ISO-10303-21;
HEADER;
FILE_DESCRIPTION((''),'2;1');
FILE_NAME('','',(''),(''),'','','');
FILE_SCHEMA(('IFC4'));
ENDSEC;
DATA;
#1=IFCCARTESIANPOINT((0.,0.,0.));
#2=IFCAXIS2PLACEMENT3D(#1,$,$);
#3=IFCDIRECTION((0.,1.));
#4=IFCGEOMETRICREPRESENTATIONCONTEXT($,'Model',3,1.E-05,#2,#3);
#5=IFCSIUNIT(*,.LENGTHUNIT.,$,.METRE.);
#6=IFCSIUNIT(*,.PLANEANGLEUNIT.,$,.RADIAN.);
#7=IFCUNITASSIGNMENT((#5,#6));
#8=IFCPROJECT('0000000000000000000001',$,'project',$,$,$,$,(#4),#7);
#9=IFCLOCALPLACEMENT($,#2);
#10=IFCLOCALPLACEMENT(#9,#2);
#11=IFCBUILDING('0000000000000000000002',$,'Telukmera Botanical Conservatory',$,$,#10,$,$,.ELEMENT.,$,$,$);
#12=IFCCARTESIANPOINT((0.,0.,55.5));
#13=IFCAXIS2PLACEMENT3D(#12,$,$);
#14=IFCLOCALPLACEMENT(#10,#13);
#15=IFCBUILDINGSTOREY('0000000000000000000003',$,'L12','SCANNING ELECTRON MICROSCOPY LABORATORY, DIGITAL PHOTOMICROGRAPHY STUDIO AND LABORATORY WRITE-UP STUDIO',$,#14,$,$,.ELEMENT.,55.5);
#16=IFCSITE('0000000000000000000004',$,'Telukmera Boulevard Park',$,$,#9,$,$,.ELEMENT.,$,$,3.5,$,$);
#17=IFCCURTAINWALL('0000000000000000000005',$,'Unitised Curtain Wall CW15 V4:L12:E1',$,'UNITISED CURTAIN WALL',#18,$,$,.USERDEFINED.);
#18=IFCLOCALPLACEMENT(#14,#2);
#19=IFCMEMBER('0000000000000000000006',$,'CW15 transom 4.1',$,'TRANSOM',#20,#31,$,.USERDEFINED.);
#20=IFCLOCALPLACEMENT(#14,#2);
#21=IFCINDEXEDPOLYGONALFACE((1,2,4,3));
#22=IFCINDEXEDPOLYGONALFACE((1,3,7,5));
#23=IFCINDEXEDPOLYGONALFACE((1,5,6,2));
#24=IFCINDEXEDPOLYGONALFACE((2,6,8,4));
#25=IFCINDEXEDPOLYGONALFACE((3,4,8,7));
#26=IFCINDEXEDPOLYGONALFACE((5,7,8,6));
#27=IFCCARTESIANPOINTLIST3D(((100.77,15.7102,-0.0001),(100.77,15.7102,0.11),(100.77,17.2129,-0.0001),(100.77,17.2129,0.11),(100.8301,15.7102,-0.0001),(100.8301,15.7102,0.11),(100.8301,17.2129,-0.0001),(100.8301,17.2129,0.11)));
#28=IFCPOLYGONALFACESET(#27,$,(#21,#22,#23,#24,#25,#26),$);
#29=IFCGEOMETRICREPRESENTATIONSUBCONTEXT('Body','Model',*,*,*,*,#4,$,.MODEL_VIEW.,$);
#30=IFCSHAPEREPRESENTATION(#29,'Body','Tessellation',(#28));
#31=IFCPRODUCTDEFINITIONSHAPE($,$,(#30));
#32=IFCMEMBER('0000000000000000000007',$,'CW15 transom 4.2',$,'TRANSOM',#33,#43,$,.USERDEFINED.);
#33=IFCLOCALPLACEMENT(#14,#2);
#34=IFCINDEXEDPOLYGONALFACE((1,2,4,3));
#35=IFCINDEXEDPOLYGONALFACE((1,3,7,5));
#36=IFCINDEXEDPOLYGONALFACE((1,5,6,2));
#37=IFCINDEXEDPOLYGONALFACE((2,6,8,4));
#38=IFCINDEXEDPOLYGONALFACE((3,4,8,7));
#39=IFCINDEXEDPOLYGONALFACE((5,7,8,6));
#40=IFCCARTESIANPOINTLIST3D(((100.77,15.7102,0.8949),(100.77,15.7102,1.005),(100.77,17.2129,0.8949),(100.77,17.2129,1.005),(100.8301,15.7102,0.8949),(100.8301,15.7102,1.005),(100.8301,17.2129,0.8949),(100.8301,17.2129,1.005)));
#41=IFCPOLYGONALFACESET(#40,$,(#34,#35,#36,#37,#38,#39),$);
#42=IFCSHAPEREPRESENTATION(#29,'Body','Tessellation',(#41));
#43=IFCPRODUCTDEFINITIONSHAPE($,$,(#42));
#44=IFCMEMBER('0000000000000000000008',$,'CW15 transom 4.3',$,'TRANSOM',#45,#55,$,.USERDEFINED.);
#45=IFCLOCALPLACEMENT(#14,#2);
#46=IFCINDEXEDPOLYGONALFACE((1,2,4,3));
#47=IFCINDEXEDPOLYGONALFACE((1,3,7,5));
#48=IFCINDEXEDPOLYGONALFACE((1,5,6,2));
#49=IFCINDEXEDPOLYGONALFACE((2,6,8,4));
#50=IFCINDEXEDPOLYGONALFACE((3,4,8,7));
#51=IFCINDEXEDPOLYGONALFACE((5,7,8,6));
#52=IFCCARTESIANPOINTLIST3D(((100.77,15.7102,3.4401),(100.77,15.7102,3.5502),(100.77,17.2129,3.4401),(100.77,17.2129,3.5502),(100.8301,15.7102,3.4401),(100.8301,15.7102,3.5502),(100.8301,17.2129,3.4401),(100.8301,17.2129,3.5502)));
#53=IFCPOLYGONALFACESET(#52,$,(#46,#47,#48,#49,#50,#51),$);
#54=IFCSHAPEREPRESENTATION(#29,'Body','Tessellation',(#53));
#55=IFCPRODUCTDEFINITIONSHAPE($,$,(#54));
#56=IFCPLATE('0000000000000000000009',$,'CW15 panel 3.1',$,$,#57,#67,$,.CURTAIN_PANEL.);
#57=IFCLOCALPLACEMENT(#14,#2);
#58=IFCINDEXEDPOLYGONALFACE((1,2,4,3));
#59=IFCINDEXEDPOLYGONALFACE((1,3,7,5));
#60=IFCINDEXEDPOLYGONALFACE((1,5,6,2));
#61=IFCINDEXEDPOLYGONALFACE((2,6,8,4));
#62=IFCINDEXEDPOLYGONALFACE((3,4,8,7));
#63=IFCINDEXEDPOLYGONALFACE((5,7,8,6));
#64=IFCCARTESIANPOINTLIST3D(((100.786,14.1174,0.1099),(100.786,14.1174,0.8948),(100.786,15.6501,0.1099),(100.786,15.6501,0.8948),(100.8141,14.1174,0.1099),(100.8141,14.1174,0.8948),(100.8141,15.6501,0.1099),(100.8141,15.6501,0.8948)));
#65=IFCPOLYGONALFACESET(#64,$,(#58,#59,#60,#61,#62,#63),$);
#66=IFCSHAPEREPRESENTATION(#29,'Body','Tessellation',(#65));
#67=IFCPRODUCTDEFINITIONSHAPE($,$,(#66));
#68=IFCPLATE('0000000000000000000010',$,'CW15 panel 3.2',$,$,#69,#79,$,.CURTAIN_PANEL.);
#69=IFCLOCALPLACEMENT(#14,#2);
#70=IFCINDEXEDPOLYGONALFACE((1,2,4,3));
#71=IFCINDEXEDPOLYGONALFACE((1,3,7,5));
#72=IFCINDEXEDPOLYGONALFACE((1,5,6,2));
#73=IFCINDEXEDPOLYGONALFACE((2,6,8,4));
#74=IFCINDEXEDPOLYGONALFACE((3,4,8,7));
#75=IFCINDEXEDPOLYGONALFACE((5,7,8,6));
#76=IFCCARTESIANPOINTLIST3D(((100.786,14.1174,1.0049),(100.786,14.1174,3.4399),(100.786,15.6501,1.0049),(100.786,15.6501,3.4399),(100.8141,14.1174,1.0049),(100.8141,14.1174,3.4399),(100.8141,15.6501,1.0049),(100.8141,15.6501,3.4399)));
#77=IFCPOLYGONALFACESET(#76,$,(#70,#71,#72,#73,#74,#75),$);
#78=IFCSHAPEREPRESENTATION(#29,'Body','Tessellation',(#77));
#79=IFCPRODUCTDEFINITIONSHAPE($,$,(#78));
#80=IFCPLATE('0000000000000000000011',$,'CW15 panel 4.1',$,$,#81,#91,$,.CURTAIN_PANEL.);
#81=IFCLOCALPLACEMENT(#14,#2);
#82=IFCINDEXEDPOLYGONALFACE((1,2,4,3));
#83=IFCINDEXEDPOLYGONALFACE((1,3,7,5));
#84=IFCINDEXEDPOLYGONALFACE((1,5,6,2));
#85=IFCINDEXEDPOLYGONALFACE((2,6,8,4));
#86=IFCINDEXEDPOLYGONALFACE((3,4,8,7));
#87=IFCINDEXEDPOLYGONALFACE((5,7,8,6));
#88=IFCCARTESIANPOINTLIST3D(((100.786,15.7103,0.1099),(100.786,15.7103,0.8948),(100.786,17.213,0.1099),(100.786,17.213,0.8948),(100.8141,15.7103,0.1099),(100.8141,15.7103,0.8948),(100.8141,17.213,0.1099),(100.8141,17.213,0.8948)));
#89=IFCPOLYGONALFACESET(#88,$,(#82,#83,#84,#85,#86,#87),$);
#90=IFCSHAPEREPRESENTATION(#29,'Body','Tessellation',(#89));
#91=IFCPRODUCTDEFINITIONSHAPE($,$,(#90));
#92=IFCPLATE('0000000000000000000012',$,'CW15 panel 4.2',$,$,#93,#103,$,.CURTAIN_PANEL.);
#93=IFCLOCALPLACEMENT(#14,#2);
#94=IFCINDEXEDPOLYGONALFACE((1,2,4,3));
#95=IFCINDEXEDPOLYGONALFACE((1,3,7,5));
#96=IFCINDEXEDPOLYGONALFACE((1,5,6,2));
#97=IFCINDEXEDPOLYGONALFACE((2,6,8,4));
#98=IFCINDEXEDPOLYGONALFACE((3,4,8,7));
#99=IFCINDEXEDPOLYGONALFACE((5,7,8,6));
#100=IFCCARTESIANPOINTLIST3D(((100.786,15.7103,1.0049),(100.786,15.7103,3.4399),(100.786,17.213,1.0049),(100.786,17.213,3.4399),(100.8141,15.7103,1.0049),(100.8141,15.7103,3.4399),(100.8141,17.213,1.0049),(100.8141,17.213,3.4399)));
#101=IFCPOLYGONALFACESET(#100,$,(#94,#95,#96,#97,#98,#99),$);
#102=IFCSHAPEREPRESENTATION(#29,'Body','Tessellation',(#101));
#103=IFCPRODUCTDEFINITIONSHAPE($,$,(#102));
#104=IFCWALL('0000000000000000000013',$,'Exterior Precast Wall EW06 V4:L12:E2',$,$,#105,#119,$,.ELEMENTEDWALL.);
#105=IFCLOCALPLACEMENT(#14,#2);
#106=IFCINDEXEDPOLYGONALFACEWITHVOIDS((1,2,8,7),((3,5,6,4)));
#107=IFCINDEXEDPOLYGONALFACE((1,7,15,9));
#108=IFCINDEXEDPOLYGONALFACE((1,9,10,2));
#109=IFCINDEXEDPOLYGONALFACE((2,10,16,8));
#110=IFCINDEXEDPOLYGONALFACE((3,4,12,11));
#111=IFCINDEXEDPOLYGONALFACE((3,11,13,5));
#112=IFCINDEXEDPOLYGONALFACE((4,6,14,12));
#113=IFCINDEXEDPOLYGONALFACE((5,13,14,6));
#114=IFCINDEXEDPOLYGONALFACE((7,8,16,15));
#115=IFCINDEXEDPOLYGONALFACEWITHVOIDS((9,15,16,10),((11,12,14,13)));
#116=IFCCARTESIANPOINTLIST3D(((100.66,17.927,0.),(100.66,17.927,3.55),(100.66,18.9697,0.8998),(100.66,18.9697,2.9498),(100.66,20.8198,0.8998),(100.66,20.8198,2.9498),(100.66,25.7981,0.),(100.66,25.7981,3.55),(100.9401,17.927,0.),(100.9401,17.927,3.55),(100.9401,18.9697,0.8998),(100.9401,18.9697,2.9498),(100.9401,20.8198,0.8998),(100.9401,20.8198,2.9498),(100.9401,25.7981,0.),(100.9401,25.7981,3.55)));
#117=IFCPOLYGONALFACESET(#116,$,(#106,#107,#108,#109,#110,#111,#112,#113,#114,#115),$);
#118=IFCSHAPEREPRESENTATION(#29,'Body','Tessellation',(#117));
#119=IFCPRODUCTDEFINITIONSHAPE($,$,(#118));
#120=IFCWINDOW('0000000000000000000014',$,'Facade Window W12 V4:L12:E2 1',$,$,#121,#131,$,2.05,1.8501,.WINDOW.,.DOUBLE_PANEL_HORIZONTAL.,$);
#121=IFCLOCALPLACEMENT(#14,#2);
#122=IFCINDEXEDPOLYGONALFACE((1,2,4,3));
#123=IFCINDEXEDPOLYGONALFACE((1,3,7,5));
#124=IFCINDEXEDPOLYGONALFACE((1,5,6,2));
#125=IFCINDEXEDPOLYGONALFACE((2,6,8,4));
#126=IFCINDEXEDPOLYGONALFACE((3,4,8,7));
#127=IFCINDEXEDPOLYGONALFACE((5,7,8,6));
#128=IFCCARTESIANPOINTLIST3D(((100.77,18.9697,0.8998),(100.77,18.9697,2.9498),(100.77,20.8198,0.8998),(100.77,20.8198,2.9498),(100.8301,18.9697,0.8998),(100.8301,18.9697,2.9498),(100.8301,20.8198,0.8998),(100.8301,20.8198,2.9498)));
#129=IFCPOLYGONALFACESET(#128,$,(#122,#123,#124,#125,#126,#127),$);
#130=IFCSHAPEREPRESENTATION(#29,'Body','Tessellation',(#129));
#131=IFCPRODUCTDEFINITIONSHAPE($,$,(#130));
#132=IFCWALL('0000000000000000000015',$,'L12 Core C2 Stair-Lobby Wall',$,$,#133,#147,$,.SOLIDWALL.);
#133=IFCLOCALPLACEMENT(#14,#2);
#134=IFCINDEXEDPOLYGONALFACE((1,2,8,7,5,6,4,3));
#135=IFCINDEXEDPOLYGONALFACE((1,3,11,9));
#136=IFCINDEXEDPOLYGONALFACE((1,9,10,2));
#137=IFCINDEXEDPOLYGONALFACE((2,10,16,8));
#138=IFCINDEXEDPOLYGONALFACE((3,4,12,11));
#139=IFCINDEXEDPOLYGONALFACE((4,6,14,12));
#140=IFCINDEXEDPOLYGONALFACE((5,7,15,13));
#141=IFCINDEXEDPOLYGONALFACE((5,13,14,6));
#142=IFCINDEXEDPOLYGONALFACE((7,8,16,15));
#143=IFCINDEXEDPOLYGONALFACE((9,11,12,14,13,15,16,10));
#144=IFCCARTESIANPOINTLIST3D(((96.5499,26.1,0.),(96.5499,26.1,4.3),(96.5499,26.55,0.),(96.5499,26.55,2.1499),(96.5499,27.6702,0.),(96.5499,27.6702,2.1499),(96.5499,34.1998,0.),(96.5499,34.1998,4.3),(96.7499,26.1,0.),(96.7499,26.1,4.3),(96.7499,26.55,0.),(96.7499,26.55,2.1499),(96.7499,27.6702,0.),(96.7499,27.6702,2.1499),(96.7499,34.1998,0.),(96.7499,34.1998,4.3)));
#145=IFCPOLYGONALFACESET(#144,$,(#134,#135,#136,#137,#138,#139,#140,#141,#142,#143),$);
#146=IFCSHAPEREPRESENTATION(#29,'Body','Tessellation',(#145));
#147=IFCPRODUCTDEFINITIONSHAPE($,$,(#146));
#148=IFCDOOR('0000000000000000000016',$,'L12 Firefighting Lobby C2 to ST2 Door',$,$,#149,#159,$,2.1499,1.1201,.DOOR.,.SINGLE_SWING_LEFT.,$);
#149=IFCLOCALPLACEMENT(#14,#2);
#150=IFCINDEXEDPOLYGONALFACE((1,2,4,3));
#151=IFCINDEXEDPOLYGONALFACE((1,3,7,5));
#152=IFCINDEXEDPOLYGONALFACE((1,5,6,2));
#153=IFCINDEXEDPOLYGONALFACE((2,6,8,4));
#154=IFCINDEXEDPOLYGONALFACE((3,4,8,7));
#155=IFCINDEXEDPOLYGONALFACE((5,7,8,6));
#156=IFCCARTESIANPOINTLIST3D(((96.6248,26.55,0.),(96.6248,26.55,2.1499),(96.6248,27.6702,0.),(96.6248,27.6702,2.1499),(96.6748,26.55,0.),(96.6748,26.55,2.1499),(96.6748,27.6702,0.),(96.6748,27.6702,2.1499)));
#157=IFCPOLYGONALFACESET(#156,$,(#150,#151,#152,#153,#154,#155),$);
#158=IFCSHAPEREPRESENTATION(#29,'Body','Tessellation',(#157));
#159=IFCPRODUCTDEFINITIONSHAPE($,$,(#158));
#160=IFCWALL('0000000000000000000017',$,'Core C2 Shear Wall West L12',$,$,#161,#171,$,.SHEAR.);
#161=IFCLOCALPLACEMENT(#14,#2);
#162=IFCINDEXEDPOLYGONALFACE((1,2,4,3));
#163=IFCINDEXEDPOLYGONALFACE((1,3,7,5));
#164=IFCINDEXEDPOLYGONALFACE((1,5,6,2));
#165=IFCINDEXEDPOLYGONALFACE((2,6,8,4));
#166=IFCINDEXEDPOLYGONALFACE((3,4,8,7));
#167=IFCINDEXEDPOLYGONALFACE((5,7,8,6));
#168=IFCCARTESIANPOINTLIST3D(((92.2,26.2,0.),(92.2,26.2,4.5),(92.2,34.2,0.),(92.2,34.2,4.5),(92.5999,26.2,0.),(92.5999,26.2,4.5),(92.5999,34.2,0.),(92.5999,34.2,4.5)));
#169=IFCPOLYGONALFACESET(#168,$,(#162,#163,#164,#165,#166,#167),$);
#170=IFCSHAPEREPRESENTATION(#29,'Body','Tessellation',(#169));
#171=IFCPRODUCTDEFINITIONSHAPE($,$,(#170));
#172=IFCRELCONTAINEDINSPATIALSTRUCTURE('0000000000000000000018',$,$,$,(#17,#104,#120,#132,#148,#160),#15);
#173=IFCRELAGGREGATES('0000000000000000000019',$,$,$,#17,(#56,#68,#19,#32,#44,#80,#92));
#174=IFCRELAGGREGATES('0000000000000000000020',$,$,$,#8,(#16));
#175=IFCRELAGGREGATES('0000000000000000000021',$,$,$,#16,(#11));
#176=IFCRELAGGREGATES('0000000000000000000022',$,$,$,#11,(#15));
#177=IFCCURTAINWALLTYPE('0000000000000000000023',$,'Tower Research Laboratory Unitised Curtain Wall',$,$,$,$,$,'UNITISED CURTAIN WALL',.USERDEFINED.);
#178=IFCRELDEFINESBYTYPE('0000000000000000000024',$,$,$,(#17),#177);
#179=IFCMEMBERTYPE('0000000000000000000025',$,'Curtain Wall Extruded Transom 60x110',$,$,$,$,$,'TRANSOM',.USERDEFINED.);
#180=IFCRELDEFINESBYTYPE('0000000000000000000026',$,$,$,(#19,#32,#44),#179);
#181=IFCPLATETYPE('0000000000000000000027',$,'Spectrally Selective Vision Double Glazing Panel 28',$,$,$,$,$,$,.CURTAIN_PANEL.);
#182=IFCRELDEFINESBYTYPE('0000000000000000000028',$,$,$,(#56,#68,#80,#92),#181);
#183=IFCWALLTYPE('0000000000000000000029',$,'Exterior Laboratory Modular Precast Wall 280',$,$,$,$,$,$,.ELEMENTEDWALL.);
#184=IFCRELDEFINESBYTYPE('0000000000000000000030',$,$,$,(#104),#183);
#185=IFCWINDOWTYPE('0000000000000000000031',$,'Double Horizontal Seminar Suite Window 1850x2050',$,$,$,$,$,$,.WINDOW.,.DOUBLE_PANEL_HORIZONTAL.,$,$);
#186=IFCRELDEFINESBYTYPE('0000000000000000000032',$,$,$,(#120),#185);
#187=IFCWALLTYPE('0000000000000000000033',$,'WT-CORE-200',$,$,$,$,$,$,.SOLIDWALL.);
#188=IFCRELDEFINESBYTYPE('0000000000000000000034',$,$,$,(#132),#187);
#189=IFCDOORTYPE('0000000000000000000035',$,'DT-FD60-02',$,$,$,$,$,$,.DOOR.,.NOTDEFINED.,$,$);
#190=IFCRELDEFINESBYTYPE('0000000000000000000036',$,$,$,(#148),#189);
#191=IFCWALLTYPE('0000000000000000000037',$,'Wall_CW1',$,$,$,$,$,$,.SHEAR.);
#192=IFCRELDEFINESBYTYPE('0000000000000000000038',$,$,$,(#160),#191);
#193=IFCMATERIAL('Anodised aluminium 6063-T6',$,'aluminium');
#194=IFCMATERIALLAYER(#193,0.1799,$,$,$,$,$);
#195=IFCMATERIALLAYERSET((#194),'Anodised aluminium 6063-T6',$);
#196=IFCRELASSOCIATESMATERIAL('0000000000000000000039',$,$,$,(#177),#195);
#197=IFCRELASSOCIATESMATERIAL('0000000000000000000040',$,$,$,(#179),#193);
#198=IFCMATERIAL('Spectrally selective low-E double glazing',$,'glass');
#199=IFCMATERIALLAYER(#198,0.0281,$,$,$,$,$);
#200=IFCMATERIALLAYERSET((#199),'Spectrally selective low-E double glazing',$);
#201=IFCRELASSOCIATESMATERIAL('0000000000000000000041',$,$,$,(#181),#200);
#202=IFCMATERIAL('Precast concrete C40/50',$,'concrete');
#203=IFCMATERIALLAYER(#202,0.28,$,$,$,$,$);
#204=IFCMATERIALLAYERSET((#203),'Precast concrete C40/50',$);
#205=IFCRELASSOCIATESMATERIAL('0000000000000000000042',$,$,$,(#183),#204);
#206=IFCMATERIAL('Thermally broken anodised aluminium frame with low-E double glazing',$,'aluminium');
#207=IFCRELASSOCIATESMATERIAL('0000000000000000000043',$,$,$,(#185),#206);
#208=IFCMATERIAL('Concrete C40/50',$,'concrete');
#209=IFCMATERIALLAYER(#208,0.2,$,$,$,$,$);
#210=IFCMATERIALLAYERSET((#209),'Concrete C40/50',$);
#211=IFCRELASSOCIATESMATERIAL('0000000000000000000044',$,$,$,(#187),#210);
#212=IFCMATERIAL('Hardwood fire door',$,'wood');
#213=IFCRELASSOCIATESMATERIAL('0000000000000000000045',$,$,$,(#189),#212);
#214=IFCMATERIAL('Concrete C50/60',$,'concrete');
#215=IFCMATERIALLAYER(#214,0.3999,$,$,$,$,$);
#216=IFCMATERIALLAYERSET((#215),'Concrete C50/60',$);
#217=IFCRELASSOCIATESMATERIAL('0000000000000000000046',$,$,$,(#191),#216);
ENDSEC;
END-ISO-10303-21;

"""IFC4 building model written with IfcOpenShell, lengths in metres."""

from ifc_helpers import new_model, si_unit, direction, frame, frame_2d, origin, origin_2d, place, context, subcontext, project, spatial, rectangle, extrude, material, layer, layer_set, material_profile, profile_set, type_object, element, fill, aggregate, save


model = new_model("IFC4")

# Units and contexts
model_context = context("Model", 3, precision=1e-05, world=origin(), true_north=direction((0.0, 1.0)))
body_context = subcontext(model_context, "Body", "Model", "MODEL_VIEW")
ifc_project = project(units=[si_unit("LENGTHUNIT", "METRE"), si_unit("PLANEANGLEUNIT", "RADIAN")], contexts=[model_context])

# Site, building, storey
site_placement = place(None, origin())
site = spatial("IfcSite", under=ifc_project, at=site_placement, Name="Telukmera Boulevard Park", CompositionType="ELEMENT", RefElevation=3.5)
building_placement = place(site_placement, origin())
building = spatial("IfcBuilding", under=site, at=building_placement, Name="Telukmera Botanical Conservatory", CompositionType="ELEMENT")
storey_placement = place(building_placement, frame((0.0, 0.0, 55.5)))
storey = spatial("IfcBuildingStorey", under=building, at=storey_placement, Name="L12", Description="SCANNING ELECTRON MICROSCOPY LABORATORY, DIGITAL PHOTOMICROGRAPHY STUDIO AND LABORATORY WRITE-UP STUDIO", CompositionType="ELEMENT", Elevation=55.5)

# Shared definitions
ifc_material_1 = material(Name="Concrete C40/50", Category="concrete")
ifc_material_2 = material(Name="Concrete C50/60", Category="concrete")

# Shared definitions
ifc_material_3 = material(Name="Precast concrete C40/50", Category="concrete")

# Curtain wall, members, plates
ifc_material_4 = material(Name="Anodised aluminium 6063-T6", Category="aluminium")
ifc_layer_1 = layer(ifc_material_4, 0.1799)
ifc_layer_set_1 = layer_set([ifc_layer_1], Name="Anodised aluminium 6063-T6")
curtain_wall_type = type_object("IfcCurtainWallType", Name="Tower Research Laboratory Unitised Curtain Wall", ElementType="UNITISED CURTAIN WALL", PredefinedType="USERDEFINED", material=ifc_layer_set_1)
curtain_wall_placement = place(storey_placement, origin())
curtain_wall = element("IfcCurtainWall", 1, at=curtain_wall_placement, inside=storey, type_object=curtain_wall_type, Name="Unitised Curtain Wall CW15 V4:L12:E1", ObjectType="UNITISED CURTAIN WALL", PredefinedType="USERDEFINED")
ifc_material_profile_1 = material_profile(ifc_material_4, rectangle(XDim=0.0601, YDim=0.1101, at=origin_2d()), Name="ALU TRAN 60x110")
ifc_profile_set_1 = profile_set([ifc_material_profile_1], Name="Anodised aluminium 6063-T6")
member_type_1 = type_object("IfcMemberType", Name="Curtain Wall Extruded Transom 60x110", ElementType="TRANSOM", PredefinedType="USERDEFINED", material=ifc_profile_set_1)
member_1_placement = place(storey_placement, frame((100.8, 15.7102, 0.0549), z_axis=(0.0, 1.0, 0.0), x_axis=(-1.0, 0.0, 0.0)))
member_1 = element("IfcMember", 2, at=member_1_placement, type_object=member_type_1, Name="CW15 transom 4.1", ObjectType="TRANSOM", PredefinedType="USERDEFINED", context=body_context, shape_type="SweptSolid", body=[
    extrude(rectangle(XDim=0.0601, YDim=0.1101, at=origin_2d()), origin(), (0.0, 0.0, 1.0), 1.5027),
])
member_2_placement = place(storey_placement, frame((100.8, 15.7102, 0.95), z_axis=(0.0, 1.0, 0.0), x_axis=(-1.0, 0.0, 0.0)))
member_2 = element("IfcMember", 3, at=member_2_placement, type_object=member_type_1, Name="CW15 transom 4.2", ObjectType="TRANSOM", PredefinedType="USERDEFINED", context=body_context, shape_type="SweptSolid", body=[
    extrude(rectangle(XDim=0.0601, YDim=0.1101, at=origin_2d()), origin(), (0.0, 0.0, 1.0), 1.5027),
])
member_3_placement = place(storey_placement, frame((100.8, 15.7102, 3.4951), z_axis=(0.0, 1.0, 0.0), x_axis=(-1.0, 0.0, 0.0)))
member_3 = element("IfcMember", 4, at=member_3_placement, type_object=member_type_1, Name="CW15 transom 4.3", ObjectType="TRANSOM", PredefinedType="USERDEFINED", context=body_context, shape_type="SweptSolid", body=[
    extrude(rectangle(XDim=0.0601, YDim=0.1101, at=origin_2d()), origin(), (0.0, 0.0, 1.0), 1.5027),
])
ifc_material_5 = material(Name="Spectrally selective low-E double glazing", Category="glass")
ifc_layer_2 = layer(ifc_material_5, 0.0281)
ifc_layer_set_2 = layer_set([ifc_layer_2], Name="Spectrally selective low-E double glazing")
plate_type = type_object("IfcPlateType", Name="Spectrally Selective Vision Double Glazing Panel 28", PredefinedType="CURTAIN_PANEL", material=ifc_layer_set_2)
plate_1_placement = place(storey_placement, frame((100.8, 14.8838, 0.1099), z_axis=(0.0, 0.0, 1.0), x_axis=(0.0, 1.0, 0.0)))
plate_1 = element("IfcPlate", 5, at=plate_1_placement, type_object=plate_type, Name="CW15 panel 3.1", PredefinedType="CURTAIN_PANEL", context=body_context, shape_type="SweptSolid", body=[
    extrude(rectangle(XDim=1.5327, YDim=0.0281, at=origin_2d()), origin(), (0.0, 0.0, 1.0), 0.7849),
])
plate_2_placement = place(storey_placement, frame((100.8, 14.8838, 1.0049), z_axis=(0.0, 0.0, 1.0), x_axis=(0.0, 1.0, 0.0)))
plate_2 = element("IfcPlate", 6, at=plate_2_placement, type_object=plate_type, Name="CW15 panel 3.2", PredefinedType="CURTAIN_PANEL", context=body_context, shape_type="SweptSolid", body=[
    extrude(rectangle(XDim=1.5327, YDim=0.0281, at=origin_2d()), origin(), (0.0, 0.0, 1.0), 2.4351),
])
plate_3_placement = place(storey_placement, frame((100.8, 16.4617, 0.1099), z_axis=(0.0, 0.0, 1.0), x_axis=(0.0, 1.0, 0.0)))
plate_3 = element("IfcPlate", 7, at=plate_3_placement, type_object=plate_type, Name="CW15 panel 4.1", PredefinedType="CURTAIN_PANEL", context=body_context, shape_type="SweptSolid", body=[
    extrude(rectangle(XDim=1.5027, YDim=0.0281, at=origin_2d()), origin(), (0.0, 0.0, 1.0), 0.7849),
])
plate_4_placement = place(storey_placement, frame((100.8, 16.4617, 1.0049), z_axis=(0.0, 0.0, 1.0), x_axis=(0.0, 1.0, 0.0)))
plate_4 = element("IfcPlate", 8, at=plate_4_placement, type_object=plate_type, Name="CW15 panel 4.2", PredefinedType="CURTAIN_PANEL", context=body_context, shape_type="SweptSolid", body=[
    extrude(rectangle(XDim=1.5027, YDim=0.0281, at=origin_2d()), origin(), (0.0, 0.0, 1.0), 2.4351),
])
aggregate(curtain_wall, [plate_1, plate_2, member_1, member_2, member_3, plate_3, plate_4])

# Wall, opening, window
ifc_layer_3 = layer(ifc_material_3, 0.28)
ifc_layer_set_3 = layer_set([ifc_layer_3], Name="Precast concrete C40/50")
wall_type_1 = type_object("IfcWallType", Name="Exterior Laboratory Modular Precast Wall 280", PredefinedType="ELEMENTEDWALL", material=ifc_layer_set_3)
wall_1_placement = place(storey_placement, frame((100.8, 17.927, 0.0), z_axis=(0.0, 0.0, 1.0), x_axis=(0.0, 1.0, 0.0)))
wall_1 = element("IfcWall", 9, at=wall_1_placement, inside=storey, type_object=wall_type_1, Name="Exterior Precast Wall EW06 V4:L12:E2", PredefinedType="ELEMENTEDWALL", context=body_context, shape_type="SweptSolid", body=[
    extrude(rectangle(XDim=7.8711, YDim=0.28, at=frame_2d((3.9355, 0.0))), origin(), (0.0, 0.0, 1.0), 3.55),
])
opening_1_placement = place(wall_1_placement, frame((1.0427, 0.0, 0.8999)))
opening_1 = element("IfcOpeningElement", 10, at=opening_1_placement, cuts=wall_1, PredefinedType="OPENING", context=body_context, shape_type="SweptSolid", body=[
    extrude(rectangle(XDim=1.8501, YDim=2.05, at=frame_2d((0.925, 1.0249))), frame((0.0, 0.1499, 0.0), z_axis=(0.0, -1.0, 0.0), x_axis=(1.0, 0.0, 0.0)), (0.0, 0.0, 1.0), 0.3),
])
ifc_material_6 = material(Name="Thermally broken anodised aluminium frame with low-E double glazing", Category="aluminium")
window_type = type_object("IfcWindowType", Name="Double Horizontal Seminar Suite Window 1850x2050", PartitioningType="DOUBLE_PANEL_HORIZONTAL", PredefinedType="WINDOW", material=ifc_material_6)
window_placement = place(opening_1_placement, origin())
window = element("IfcWindow", 11, at=window_placement, inside=storey, type_object=window_type, Name="Facade Window W12 V4:L12:E2 1", OverallHeight=2.05, OverallWidth=1.8501, PartitioningType="DOUBLE_PANEL_HORIZONTAL", PredefinedType="WINDOW", context=body_context, shape_type="SweptSolid", body=[
    extrude(rectangle(XDim=1.8501, YDim=2.05, at=frame_2d((0.925, 1.0249))), frame((0.0, 0.03, 0.0), z_axis=(0.0, -1.0, 0.0), x_axis=(1.0, 0.0, 0.0)), (0.0, 0.0, 1.0), 0.0601),
])
fill(opening_1, window)

# Shared definitions
ifc_layer_4 = layer(ifc_material_1, 0.2)
ifc_layer_set_4 = layer_set([ifc_layer_4], Name="Concrete C40/50")
wall_type_2 = type_object("IfcWallType", Name="WT-CORE-200", PredefinedType="SOLIDWALL", material=ifc_layer_set_4)
ifc_material_7 = material(Name="Hardwood fire door", Category="wood")

# Wall, opening, door
wall_2_placement = place(storey_placement, frame((96.6499, 26.1001, 0.0), z_axis=(0.0, 0.0, 1.0), x_axis=(0.0, 1.0, 0.0)))
wall_2 = element("IfcWall", 12, at=wall_2_placement, inside=storey, type_object=wall_type_2, Name="L12 Core C2 Stair-Lobby Wall", PredefinedType="SOLIDWALL", context=body_context, shape_type="SweptSolid", body=[
    extrude(rectangle(XDim=8.0999, YDim=0.2, at=frame_2d((4.0498, 0.0))), origin(), (0.0, 0.0, 1.0), 4.3),
])
opening_2_placement = place(wall_2_placement, frame((0.45, 0.0, 0.0)))
opening_2 = element("IfcOpeningElement", 13, at=opening_2_placement, cuts=wall_2, PredefinedType="OPENING", context=body_context, shape_type="SweptSolid", body=[
    extrude(rectangle(XDim=1.1201, YDim=2.1499, at=frame_2d((0.5601, 1.075))), frame((0.0, 0.1099, 0.0), z_axis=(0.0, -1.0, 0.0), x_axis=(1.0, 0.0, 0.0)), (0.0, 0.0, 1.0), 0.22),
])
door_type_1 = type_object("IfcDoorType", Name="DT-FD60-02", OperationType="NOTDEFINED", PredefinedType="DOOR", material=ifc_material_7)
door_1_placement = place(opening_2_placement, frame((1.1201, 0.0, 0.0), z_axis=(0.0, 0.0, 1.0), x_axis=(-1.0, 0.0, 0.0)))
door_1 = element("IfcDoor", 14, at=door_1_placement, inside=storey, type_object=door_type_1, Name="L12 Firefighting Lobby C2 to ST2 Door", OperationType="SINGLE_SWING_LEFT", OverallHeight=2.1499, OverallWidth=1.1201, PredefinedType="DOOR", context=body_context, shape_type="SweptSolid", body=[
    extrude(rectangle(XDim=1.1201, YDim=2.1499, at=frame_2d((0.5601, 1.075))), frame((0.0, 0.0249, 0.0), z_axis=(0.0, -1.0, 0.0), x_axis=(1.0, 0.0, 0.0)), (0.0, 0.0, 1.0), 0.05),
])
fill(opening_2, door_1)

# Wall
ifc_layer_5 = layer(ifc_material_2, 0.3999)
ifc_layer_set_5 = layer_set([ifc_layer_5], Name="Concrete C50/60")
wall_type_3 = type_object("IfcWallType", Name="Wall_CW1", PredefinedType="SHEAR", material=ifc_layer_set_5)
for number, where, z_axis, x_axis, name in (
    (15, (92.3999, 26.2, 0.0), (0.0, 0.0, 1.0), (0.0, 1.0, 0.0), "Core C2 Shear Wall West L12"),
):
    element("IfcWall", number, at=place(storey_placement, frame(where, z_axis=z_axis, x_axis=x_axis)), inside=storey, type_object=wall_type_3, Name=name, PredefinedType="SHEAR", context=body_context, shape_type="SweptSolid", body=[
        extrude(rectangle(XDim=8.0, YDim=0.3999, at=frame_2d((4.0, 0.0))), origin(), (0.0, 0.0, 1.0), 4.5),
    ])

save(model, "model.ifc")
